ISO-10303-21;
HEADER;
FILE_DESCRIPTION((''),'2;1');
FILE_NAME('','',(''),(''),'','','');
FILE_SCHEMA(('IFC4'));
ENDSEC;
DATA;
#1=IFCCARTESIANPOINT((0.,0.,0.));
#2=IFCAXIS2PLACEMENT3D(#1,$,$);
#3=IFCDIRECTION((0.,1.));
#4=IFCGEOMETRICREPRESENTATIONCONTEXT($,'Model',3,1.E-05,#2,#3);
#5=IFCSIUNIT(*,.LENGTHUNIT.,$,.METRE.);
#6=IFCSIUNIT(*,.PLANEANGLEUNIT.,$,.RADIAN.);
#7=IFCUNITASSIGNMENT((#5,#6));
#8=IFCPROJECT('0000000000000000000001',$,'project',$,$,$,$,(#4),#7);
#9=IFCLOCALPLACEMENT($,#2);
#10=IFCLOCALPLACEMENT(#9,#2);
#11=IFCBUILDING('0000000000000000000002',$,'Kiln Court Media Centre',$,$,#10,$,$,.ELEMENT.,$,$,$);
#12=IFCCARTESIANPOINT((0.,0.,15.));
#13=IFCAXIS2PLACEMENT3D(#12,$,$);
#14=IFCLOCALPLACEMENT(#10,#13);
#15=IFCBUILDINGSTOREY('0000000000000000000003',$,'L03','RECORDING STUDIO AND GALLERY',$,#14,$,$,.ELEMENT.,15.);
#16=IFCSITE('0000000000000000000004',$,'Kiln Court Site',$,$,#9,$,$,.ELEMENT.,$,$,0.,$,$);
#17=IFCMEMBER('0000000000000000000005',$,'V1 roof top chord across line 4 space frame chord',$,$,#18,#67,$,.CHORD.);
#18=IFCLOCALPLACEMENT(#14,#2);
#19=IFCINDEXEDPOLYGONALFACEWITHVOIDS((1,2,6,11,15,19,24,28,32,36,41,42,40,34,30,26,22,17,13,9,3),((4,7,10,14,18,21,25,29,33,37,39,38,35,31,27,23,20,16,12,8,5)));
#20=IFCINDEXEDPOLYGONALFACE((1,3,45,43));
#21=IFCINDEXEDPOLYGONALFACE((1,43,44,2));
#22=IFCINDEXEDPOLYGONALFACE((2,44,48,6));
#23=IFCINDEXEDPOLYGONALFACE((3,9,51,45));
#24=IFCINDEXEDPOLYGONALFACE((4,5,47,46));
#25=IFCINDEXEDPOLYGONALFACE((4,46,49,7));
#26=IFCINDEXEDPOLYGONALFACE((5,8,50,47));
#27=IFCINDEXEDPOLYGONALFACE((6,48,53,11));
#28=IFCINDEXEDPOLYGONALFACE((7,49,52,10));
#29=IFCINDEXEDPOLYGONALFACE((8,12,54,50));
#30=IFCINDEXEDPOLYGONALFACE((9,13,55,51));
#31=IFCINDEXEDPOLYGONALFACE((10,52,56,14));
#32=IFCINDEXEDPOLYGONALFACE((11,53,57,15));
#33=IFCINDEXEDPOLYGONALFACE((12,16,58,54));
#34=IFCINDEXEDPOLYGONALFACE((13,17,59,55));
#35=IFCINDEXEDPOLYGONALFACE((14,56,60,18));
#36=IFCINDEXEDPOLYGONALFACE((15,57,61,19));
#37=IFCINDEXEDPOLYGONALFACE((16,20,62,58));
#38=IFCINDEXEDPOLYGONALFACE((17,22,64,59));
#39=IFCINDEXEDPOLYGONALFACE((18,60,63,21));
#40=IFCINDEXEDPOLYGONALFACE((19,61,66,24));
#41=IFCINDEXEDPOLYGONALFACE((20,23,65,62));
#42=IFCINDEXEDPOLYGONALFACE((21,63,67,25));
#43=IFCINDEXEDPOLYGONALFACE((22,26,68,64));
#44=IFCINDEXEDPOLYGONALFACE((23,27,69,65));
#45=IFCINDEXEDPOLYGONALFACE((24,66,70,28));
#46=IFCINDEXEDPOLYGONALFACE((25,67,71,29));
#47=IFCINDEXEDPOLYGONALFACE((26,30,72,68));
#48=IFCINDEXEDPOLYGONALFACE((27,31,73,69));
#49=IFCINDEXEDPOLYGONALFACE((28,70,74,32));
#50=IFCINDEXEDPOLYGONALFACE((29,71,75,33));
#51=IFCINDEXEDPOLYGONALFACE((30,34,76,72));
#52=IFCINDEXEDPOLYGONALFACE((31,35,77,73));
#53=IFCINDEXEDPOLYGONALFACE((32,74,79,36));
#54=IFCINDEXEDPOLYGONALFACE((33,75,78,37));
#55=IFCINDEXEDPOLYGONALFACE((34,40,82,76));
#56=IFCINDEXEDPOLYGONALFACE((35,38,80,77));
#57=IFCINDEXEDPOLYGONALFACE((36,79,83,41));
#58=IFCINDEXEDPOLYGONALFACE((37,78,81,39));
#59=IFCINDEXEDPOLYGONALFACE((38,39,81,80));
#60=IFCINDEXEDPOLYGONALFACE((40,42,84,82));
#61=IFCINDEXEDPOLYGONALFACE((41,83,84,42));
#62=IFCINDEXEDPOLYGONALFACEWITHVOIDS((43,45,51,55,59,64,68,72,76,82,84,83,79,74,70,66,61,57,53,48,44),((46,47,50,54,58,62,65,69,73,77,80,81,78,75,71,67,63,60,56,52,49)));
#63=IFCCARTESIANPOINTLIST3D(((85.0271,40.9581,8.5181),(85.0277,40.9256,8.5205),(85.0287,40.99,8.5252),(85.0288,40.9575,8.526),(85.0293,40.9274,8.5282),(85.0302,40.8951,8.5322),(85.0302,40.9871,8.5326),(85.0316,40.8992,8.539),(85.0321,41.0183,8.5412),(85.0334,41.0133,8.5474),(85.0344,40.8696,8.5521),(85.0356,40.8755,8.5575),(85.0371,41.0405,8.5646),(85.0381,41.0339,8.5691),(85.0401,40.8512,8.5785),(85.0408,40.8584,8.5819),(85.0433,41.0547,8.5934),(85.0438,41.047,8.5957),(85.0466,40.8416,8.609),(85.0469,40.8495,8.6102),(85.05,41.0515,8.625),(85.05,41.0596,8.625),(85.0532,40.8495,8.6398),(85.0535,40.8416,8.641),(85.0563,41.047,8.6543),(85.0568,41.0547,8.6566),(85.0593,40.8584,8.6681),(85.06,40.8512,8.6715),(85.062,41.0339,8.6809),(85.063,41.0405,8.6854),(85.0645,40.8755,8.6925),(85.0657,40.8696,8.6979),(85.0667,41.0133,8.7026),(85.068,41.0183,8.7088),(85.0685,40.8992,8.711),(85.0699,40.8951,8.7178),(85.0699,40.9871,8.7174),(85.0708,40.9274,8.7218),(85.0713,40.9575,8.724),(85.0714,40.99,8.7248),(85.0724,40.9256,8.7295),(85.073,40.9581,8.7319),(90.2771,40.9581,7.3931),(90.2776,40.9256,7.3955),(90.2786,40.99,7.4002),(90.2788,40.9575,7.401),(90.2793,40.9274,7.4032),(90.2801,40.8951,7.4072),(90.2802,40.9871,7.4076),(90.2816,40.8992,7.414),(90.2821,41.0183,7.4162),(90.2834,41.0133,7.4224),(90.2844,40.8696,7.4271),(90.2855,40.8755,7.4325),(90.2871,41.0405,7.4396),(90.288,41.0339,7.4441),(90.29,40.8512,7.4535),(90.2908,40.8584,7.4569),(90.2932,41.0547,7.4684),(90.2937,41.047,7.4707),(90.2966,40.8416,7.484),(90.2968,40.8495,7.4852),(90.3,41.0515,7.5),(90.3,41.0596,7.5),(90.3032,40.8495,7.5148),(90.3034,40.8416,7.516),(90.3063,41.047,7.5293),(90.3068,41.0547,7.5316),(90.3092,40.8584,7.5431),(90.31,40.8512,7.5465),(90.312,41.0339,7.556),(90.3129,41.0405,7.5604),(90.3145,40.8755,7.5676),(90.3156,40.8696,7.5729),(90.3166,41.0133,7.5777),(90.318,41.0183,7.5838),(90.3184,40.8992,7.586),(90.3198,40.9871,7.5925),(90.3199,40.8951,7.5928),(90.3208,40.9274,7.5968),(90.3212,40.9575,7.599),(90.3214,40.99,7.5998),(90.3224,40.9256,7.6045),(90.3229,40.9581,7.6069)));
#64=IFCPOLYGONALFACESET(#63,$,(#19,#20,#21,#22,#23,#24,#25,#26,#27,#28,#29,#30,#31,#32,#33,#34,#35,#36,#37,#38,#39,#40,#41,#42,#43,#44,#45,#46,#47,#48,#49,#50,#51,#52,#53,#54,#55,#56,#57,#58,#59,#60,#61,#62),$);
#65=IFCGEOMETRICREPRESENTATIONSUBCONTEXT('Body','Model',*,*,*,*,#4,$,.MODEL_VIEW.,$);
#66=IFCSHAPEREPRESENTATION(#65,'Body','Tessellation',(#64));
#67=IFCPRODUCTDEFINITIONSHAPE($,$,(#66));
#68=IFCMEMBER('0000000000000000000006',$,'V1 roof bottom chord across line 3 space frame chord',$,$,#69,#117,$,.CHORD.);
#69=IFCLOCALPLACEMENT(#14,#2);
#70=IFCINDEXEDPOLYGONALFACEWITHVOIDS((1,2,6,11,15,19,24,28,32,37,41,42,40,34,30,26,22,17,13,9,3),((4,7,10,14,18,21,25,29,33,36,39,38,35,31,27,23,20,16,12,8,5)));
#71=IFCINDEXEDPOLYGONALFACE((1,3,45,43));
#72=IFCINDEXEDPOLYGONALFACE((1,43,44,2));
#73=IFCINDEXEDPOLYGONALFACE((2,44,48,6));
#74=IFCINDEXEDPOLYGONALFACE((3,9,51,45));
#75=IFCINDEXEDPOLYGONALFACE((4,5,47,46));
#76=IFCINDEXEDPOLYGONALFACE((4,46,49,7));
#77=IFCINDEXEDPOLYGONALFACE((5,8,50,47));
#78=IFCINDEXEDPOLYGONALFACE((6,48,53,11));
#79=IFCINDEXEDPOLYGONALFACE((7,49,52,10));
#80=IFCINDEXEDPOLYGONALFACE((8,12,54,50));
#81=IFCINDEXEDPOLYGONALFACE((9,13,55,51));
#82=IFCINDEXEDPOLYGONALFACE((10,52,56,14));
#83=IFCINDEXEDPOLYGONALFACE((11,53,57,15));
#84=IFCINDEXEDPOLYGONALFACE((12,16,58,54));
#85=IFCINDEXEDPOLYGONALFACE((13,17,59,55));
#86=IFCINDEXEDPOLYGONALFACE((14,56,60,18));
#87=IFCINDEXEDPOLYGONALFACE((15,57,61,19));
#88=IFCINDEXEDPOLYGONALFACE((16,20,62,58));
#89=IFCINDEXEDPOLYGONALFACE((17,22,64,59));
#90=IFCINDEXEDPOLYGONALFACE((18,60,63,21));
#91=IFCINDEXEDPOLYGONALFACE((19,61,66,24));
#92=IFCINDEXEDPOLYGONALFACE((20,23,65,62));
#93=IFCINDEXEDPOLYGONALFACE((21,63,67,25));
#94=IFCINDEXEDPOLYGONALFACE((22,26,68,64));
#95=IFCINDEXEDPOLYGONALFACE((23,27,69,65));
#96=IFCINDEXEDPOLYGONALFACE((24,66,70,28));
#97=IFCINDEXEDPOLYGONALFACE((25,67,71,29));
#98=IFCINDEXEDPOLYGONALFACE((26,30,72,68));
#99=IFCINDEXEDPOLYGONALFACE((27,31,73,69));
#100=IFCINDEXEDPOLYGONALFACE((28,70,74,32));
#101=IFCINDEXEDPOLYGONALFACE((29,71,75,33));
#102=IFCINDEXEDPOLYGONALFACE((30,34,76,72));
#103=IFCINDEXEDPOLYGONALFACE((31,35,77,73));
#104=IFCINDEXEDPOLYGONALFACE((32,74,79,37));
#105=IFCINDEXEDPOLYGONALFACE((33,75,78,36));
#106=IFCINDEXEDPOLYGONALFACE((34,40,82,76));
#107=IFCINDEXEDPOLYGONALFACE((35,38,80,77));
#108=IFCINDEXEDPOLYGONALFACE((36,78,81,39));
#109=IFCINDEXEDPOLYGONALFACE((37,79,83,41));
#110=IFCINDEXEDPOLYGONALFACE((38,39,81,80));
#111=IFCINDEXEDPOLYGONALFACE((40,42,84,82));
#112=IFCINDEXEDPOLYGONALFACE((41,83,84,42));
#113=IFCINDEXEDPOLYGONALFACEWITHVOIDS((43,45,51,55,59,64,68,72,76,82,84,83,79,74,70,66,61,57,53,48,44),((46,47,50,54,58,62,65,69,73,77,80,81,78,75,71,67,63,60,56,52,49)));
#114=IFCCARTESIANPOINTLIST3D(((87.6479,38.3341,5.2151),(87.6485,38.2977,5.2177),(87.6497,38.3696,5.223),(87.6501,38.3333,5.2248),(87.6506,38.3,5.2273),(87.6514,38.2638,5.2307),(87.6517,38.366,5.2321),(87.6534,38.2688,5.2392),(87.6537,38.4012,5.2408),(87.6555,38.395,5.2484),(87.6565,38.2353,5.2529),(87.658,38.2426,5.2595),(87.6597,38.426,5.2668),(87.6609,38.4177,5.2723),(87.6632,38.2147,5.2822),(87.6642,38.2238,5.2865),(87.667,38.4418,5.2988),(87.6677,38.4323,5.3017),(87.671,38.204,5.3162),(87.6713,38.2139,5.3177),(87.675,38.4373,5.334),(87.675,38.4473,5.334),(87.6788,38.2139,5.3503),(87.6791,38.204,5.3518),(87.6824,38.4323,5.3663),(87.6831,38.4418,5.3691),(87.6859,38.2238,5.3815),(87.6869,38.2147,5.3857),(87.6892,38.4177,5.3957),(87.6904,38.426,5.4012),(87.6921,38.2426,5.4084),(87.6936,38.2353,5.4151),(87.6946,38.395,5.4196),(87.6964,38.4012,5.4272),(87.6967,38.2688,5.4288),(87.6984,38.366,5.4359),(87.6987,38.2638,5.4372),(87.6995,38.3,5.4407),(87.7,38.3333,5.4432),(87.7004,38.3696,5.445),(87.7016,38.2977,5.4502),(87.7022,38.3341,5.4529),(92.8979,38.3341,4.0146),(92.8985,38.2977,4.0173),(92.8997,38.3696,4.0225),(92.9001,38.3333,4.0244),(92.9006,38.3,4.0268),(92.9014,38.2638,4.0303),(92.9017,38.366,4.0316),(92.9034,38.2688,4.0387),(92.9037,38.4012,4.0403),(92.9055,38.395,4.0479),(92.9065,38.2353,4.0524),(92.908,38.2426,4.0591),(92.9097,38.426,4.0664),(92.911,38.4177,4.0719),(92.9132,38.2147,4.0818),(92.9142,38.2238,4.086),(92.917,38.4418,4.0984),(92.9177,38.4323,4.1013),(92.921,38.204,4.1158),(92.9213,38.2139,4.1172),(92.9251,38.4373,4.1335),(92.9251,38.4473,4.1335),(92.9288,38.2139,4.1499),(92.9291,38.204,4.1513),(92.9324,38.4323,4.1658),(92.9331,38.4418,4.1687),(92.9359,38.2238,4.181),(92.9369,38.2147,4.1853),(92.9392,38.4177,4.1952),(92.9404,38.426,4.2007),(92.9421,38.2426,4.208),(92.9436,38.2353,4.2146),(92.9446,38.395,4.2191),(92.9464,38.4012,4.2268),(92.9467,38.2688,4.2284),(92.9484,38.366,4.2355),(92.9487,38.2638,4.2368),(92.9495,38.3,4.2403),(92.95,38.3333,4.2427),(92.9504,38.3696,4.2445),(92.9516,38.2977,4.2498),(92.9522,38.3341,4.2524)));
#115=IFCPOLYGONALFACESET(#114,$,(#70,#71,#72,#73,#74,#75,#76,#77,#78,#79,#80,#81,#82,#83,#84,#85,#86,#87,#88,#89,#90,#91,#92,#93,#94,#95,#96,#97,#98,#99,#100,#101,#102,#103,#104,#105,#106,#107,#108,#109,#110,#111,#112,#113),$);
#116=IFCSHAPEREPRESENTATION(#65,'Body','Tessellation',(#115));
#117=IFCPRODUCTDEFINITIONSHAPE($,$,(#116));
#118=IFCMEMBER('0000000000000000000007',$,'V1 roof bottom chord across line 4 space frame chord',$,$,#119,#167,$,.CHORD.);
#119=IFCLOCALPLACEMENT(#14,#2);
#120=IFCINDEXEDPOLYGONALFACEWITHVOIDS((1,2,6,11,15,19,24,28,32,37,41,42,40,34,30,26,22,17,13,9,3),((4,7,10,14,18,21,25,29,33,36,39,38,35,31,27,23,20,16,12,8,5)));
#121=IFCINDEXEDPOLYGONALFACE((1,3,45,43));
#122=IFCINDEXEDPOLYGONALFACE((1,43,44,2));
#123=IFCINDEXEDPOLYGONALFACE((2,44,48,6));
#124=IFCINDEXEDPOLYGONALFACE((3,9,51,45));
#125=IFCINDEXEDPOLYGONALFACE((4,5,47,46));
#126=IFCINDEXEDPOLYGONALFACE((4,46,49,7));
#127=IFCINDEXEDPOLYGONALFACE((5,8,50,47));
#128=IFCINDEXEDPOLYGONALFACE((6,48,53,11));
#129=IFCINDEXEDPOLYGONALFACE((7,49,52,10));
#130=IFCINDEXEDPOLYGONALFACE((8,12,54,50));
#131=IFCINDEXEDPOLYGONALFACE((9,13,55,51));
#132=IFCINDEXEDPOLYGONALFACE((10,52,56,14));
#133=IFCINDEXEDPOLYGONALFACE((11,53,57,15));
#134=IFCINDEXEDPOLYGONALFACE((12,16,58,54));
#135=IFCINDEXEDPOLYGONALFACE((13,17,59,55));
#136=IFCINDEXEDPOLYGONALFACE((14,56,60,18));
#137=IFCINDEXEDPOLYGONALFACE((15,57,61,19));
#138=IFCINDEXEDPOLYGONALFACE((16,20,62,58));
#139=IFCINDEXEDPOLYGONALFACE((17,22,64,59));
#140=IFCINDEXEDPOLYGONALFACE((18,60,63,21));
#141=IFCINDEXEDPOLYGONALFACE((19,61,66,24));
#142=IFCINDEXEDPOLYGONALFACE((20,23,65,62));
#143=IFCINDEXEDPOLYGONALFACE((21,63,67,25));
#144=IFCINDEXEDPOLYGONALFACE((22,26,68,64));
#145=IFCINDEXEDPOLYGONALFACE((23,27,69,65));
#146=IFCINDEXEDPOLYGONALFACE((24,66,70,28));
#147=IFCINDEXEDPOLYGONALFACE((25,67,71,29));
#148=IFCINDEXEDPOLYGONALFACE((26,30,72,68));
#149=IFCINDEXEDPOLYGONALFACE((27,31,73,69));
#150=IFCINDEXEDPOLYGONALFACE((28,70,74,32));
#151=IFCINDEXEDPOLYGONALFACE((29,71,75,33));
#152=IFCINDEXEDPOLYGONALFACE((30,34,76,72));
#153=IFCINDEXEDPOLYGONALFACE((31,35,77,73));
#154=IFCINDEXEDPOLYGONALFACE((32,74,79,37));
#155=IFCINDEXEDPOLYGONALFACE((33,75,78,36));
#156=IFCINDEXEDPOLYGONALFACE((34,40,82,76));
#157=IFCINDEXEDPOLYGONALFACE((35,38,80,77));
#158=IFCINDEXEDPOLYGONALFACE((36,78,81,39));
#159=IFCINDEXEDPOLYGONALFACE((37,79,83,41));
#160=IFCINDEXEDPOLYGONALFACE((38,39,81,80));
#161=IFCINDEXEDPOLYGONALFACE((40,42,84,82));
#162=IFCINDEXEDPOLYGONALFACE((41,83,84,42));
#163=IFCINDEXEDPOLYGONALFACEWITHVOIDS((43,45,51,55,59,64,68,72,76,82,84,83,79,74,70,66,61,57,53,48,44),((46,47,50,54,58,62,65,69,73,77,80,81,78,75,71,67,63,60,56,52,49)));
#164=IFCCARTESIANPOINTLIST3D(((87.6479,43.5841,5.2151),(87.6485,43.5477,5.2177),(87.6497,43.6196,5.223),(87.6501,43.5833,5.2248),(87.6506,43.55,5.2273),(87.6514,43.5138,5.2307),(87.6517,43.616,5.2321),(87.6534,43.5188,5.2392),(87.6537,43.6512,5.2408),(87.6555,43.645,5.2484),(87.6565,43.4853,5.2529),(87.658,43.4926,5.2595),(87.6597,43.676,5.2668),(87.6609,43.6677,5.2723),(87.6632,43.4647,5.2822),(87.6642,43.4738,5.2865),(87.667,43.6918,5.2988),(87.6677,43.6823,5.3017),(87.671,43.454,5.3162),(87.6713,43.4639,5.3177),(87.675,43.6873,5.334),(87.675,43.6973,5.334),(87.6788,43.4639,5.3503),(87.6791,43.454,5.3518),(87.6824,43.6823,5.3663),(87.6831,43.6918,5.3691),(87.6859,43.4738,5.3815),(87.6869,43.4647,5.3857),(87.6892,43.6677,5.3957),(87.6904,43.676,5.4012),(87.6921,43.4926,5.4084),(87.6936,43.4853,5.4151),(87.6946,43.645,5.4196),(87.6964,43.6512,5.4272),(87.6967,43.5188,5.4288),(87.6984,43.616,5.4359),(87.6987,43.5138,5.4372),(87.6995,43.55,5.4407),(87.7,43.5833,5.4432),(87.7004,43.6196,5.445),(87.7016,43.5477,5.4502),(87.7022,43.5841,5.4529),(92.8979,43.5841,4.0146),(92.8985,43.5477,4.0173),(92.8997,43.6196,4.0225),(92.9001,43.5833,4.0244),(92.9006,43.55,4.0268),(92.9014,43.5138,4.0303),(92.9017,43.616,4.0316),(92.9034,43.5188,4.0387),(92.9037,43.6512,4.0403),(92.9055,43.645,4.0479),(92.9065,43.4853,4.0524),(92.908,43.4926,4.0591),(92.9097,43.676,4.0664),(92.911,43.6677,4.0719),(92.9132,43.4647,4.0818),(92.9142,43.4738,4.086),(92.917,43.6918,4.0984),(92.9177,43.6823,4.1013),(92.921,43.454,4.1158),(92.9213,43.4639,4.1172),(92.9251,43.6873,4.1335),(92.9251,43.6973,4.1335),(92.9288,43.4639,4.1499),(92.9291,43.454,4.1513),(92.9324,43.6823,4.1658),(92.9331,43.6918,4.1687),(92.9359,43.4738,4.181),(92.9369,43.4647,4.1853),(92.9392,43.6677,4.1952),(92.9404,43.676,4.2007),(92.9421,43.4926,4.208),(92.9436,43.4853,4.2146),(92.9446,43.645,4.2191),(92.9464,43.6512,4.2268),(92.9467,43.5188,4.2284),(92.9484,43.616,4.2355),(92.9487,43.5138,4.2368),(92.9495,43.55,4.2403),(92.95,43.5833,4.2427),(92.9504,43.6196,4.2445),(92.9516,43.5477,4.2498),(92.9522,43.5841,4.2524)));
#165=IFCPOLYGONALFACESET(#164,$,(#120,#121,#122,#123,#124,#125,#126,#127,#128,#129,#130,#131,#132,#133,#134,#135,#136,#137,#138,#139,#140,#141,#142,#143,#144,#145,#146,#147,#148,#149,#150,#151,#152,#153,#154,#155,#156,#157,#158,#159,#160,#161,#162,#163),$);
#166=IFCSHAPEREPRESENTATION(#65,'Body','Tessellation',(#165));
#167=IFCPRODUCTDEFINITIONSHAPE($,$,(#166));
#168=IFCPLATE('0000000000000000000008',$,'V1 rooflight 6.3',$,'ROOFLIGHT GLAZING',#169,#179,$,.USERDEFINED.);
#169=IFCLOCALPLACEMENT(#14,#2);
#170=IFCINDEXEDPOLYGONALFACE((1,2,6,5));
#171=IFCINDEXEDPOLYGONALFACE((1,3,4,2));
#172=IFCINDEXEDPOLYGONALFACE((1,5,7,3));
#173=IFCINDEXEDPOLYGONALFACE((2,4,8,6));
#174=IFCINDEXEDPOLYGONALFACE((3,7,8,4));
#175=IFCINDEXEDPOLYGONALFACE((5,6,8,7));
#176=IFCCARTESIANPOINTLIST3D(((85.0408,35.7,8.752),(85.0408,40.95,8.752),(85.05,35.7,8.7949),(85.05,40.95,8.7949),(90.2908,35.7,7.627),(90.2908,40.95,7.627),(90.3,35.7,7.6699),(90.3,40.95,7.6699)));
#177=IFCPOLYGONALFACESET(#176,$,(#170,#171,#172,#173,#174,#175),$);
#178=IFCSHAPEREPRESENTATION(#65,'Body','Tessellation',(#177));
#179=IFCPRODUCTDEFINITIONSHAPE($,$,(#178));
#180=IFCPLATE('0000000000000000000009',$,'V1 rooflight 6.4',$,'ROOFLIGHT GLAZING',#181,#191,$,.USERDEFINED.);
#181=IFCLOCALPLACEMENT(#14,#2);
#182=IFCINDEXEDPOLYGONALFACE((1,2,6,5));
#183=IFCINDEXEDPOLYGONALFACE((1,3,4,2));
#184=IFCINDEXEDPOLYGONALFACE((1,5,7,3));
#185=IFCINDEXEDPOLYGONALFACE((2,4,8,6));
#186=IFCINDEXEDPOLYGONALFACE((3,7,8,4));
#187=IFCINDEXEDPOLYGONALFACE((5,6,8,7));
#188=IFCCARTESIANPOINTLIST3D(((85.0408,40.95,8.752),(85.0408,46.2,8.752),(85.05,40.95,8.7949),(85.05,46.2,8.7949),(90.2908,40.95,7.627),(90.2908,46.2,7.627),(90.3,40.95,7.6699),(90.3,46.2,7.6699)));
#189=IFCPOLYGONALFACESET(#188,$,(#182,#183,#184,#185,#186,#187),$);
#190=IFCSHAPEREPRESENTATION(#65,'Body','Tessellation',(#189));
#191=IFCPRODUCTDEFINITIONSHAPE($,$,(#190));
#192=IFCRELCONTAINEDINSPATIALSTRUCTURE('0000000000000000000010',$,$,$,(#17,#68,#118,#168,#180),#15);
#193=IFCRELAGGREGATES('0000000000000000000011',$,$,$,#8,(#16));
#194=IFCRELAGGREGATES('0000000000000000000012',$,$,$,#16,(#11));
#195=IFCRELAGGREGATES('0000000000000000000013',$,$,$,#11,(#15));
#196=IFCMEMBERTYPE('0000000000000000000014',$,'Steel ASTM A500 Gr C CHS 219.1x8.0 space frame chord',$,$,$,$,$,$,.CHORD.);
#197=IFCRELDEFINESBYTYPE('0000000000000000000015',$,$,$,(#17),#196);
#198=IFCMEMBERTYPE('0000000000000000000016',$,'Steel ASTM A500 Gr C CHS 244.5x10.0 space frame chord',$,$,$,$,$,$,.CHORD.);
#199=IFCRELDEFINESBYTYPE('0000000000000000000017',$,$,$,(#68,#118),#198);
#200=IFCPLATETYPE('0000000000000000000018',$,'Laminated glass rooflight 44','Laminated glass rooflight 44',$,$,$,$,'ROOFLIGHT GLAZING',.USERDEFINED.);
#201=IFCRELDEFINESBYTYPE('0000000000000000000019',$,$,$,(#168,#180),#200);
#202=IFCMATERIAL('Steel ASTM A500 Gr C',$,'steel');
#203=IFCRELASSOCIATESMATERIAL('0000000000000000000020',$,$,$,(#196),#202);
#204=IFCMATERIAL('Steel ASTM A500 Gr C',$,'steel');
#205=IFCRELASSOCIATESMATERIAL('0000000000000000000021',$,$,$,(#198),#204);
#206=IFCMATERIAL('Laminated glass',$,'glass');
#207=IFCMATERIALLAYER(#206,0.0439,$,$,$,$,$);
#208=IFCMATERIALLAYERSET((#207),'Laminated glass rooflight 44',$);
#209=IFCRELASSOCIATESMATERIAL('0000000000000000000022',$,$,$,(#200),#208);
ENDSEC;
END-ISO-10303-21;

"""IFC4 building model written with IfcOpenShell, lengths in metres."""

from ifc_helpers import new_model, si_unit, direction, frame, origin, origin_2d, place, context, subcontext, project, spatial, polyline, hollow_circle, outline, extrude, material, layer, layer_set, material_profile, profile_set, type_object, element, save


model = new_model("IFC4")

# Units and contexts
model_context = context("Model", 3, precision=1e-05, world=origin(), true_north=direction((0.0, 1.0)))
body_context = subcontext(model_context, "Body", "Model", "MODEL_VIEW")
ifc_project = project(units=[si_unit("LENGTHUNIT", "METRE"), si_unit("PLANEANGLEUNIT", "RADIAN")], contexts=[model_context])

# Site, building, storey
site_placement = place(None, origin())
site = spatial("IfcSite", under=ifc_project, at=site_placement, Name="Kiln Court Site", CompositionType="ELEMENT", RefElevation=0.0)
building_placement = place(site_placement, origin())
building = spatial("IfcBuilding", under=site, at=building_placement, Name="Kiln Court Media Centre", CompositionType="ELEMENT")
storey_placement = place(building_placement, frame((0.0, 0.0, 15.0)))
storey = spatial("IfcBuildingStorey", under=building, at=storey_placement, Name="L03", Description="RECORDING STUDIO AND GALLERY", CompositionType="ELEMENT", Elevation=15.0)

# Members
ifc_material_1 = material(Name="Steel ASTM A500 Gr C", Category="steel")
ifc_material_profile_1 = material_profile(ifc_material_1, hollow_circle(Radius=0.1096, WallThickness=0.0081, at=origin_2d()), Name="CHS 219.1x8.0")
ifc_profile_set_1 = profile_set([ifc_material_profile_1], Name="Steel ASTM A500 Gr C")
member_type_1 = type_object("IfcMemberType", Name="Steel ASTM A500 Gr C CHS 219.1x8.0 space frame chord", PredefinedType="CHORD", material=ifc_profile_set_1)
member_1_placement = place(storey_placement, frame((85.05, 40.95, 8.625), z_axis=(0.977802, 0.0, -0.209529), x_axis=(0.0, 1.0, 0.0)))
element("IfcMember", 1, at=member_1_placement, inside=storey, type_object=member_type_1, Name="V1 roof top chord across line 4 space frame chord", PredefinedType="CHORD", context=body_context, shape_type="SweptSolid", body=[
    extrude(hollow_circle(Radius=0.1096, WallThickness=0.0081, at=origin_2d()), origin(), (0.0, 0.0, 1.0), 5.3691),
])
ifc_material_2 = material(Name="Steel ASTM A500 Gr C", Category="steel")
ifc_material_profile_2 = material_profile(ifc_material_2, hollow_circle(Radius=0.1223, WallThickness=0.01, at=origin_2d()), Name="CHS 244.5x10.0")
ifc_profile_set_2 = profile_set([ifc_material_profile_2], Name="Steel ASTM A500 Gr C")
member_type_2 = type_object("IfcMemberType", Name="Steel ASTM A500 Gr C CHS 244.5x10.0 space frame chord", PredefinedType="CHORD", material=ifc_profile_set_2)
for number, where, z_axis, x_axis, name in (
    (2, (87.675, 38.325, 5.334), (0.974841, 0.0, -0.222902), (0.0, 1.0, 0.0), "V1 roof bottom chord across line 3 space frame chord"),
    (3, (87.675, 43.575, 5.334), (0.974841, 0.0, -0.222902), (0.0, 1.0, 0.0), "V1 roof bottom chord across line 4 space frame chord"),
):
    element("IfcMember", number, at=place(storey_placement, frame(where, z_axis=z_axis, x_axis=x_axis)), inside=storey, type_object=member_type_2, Name=name, PredefinedType="CHORD", context=body_context, shape_type="SweptSolid", body=[
        extrude(hollow_circle(Radius=0.1223, WallThickness=0.01, at=origin_2d()), origin(), (0.0, 0.0, 1.0), 5.3855),
    ])

# Plates
ifc_material_3 = material(Name="Laminated glass", Category="glass")
ifc_layer_1 = layer(ifc_material_3, 0.0439)
ifc_layer_set_1 = layer_set([ifc_layer_1], Name="Laminated glass rooflight 44")
plate_type_1 = type_object("IfcPlateType", Name="Laminated glass rooflight 44", Description="Laminated glass rooflight 44", ElementType="ROOFLIGHT GLAZING", PredefinedType="USERDEFINED", material=ifc_layer_set_1)
for number, where, z_axis, x_axis, name in (
    (4, (85.05, 35.7, 8.7949), (0.209529, 0.0, 0.977802), (0.977802, 0.0, -0.209529), "V1 rooflight 6.3"),
    (5, (85.05, 40.95, 8.7949), (0.209529, 0.0, 0.977802), (0.977802, 0.0, -0.209529), "V1 rooflight 6.4"),
):
    element("IfcPlate", number, at=place(storey_placement, frame(where, z_axis=z_axis, x_axis=x_axis)), inside=storey, type_object=plate_type_1, Name=name, ObjectType="ROOFLIGHT GLAZING", PredefinedType="USERDEFINED", context=body_context, shape_type="SweptSolid", body=[
        extrude(outline(polyline([(0.0, 0.0), (5.3692, 0.0), (5.3692, 5.25), (0.0, 5.25), (0.0, 0.0)])), origin(), (0.0, 0.0, -1.0), 0.0439),
    ])

save(model, "model.ifc")
